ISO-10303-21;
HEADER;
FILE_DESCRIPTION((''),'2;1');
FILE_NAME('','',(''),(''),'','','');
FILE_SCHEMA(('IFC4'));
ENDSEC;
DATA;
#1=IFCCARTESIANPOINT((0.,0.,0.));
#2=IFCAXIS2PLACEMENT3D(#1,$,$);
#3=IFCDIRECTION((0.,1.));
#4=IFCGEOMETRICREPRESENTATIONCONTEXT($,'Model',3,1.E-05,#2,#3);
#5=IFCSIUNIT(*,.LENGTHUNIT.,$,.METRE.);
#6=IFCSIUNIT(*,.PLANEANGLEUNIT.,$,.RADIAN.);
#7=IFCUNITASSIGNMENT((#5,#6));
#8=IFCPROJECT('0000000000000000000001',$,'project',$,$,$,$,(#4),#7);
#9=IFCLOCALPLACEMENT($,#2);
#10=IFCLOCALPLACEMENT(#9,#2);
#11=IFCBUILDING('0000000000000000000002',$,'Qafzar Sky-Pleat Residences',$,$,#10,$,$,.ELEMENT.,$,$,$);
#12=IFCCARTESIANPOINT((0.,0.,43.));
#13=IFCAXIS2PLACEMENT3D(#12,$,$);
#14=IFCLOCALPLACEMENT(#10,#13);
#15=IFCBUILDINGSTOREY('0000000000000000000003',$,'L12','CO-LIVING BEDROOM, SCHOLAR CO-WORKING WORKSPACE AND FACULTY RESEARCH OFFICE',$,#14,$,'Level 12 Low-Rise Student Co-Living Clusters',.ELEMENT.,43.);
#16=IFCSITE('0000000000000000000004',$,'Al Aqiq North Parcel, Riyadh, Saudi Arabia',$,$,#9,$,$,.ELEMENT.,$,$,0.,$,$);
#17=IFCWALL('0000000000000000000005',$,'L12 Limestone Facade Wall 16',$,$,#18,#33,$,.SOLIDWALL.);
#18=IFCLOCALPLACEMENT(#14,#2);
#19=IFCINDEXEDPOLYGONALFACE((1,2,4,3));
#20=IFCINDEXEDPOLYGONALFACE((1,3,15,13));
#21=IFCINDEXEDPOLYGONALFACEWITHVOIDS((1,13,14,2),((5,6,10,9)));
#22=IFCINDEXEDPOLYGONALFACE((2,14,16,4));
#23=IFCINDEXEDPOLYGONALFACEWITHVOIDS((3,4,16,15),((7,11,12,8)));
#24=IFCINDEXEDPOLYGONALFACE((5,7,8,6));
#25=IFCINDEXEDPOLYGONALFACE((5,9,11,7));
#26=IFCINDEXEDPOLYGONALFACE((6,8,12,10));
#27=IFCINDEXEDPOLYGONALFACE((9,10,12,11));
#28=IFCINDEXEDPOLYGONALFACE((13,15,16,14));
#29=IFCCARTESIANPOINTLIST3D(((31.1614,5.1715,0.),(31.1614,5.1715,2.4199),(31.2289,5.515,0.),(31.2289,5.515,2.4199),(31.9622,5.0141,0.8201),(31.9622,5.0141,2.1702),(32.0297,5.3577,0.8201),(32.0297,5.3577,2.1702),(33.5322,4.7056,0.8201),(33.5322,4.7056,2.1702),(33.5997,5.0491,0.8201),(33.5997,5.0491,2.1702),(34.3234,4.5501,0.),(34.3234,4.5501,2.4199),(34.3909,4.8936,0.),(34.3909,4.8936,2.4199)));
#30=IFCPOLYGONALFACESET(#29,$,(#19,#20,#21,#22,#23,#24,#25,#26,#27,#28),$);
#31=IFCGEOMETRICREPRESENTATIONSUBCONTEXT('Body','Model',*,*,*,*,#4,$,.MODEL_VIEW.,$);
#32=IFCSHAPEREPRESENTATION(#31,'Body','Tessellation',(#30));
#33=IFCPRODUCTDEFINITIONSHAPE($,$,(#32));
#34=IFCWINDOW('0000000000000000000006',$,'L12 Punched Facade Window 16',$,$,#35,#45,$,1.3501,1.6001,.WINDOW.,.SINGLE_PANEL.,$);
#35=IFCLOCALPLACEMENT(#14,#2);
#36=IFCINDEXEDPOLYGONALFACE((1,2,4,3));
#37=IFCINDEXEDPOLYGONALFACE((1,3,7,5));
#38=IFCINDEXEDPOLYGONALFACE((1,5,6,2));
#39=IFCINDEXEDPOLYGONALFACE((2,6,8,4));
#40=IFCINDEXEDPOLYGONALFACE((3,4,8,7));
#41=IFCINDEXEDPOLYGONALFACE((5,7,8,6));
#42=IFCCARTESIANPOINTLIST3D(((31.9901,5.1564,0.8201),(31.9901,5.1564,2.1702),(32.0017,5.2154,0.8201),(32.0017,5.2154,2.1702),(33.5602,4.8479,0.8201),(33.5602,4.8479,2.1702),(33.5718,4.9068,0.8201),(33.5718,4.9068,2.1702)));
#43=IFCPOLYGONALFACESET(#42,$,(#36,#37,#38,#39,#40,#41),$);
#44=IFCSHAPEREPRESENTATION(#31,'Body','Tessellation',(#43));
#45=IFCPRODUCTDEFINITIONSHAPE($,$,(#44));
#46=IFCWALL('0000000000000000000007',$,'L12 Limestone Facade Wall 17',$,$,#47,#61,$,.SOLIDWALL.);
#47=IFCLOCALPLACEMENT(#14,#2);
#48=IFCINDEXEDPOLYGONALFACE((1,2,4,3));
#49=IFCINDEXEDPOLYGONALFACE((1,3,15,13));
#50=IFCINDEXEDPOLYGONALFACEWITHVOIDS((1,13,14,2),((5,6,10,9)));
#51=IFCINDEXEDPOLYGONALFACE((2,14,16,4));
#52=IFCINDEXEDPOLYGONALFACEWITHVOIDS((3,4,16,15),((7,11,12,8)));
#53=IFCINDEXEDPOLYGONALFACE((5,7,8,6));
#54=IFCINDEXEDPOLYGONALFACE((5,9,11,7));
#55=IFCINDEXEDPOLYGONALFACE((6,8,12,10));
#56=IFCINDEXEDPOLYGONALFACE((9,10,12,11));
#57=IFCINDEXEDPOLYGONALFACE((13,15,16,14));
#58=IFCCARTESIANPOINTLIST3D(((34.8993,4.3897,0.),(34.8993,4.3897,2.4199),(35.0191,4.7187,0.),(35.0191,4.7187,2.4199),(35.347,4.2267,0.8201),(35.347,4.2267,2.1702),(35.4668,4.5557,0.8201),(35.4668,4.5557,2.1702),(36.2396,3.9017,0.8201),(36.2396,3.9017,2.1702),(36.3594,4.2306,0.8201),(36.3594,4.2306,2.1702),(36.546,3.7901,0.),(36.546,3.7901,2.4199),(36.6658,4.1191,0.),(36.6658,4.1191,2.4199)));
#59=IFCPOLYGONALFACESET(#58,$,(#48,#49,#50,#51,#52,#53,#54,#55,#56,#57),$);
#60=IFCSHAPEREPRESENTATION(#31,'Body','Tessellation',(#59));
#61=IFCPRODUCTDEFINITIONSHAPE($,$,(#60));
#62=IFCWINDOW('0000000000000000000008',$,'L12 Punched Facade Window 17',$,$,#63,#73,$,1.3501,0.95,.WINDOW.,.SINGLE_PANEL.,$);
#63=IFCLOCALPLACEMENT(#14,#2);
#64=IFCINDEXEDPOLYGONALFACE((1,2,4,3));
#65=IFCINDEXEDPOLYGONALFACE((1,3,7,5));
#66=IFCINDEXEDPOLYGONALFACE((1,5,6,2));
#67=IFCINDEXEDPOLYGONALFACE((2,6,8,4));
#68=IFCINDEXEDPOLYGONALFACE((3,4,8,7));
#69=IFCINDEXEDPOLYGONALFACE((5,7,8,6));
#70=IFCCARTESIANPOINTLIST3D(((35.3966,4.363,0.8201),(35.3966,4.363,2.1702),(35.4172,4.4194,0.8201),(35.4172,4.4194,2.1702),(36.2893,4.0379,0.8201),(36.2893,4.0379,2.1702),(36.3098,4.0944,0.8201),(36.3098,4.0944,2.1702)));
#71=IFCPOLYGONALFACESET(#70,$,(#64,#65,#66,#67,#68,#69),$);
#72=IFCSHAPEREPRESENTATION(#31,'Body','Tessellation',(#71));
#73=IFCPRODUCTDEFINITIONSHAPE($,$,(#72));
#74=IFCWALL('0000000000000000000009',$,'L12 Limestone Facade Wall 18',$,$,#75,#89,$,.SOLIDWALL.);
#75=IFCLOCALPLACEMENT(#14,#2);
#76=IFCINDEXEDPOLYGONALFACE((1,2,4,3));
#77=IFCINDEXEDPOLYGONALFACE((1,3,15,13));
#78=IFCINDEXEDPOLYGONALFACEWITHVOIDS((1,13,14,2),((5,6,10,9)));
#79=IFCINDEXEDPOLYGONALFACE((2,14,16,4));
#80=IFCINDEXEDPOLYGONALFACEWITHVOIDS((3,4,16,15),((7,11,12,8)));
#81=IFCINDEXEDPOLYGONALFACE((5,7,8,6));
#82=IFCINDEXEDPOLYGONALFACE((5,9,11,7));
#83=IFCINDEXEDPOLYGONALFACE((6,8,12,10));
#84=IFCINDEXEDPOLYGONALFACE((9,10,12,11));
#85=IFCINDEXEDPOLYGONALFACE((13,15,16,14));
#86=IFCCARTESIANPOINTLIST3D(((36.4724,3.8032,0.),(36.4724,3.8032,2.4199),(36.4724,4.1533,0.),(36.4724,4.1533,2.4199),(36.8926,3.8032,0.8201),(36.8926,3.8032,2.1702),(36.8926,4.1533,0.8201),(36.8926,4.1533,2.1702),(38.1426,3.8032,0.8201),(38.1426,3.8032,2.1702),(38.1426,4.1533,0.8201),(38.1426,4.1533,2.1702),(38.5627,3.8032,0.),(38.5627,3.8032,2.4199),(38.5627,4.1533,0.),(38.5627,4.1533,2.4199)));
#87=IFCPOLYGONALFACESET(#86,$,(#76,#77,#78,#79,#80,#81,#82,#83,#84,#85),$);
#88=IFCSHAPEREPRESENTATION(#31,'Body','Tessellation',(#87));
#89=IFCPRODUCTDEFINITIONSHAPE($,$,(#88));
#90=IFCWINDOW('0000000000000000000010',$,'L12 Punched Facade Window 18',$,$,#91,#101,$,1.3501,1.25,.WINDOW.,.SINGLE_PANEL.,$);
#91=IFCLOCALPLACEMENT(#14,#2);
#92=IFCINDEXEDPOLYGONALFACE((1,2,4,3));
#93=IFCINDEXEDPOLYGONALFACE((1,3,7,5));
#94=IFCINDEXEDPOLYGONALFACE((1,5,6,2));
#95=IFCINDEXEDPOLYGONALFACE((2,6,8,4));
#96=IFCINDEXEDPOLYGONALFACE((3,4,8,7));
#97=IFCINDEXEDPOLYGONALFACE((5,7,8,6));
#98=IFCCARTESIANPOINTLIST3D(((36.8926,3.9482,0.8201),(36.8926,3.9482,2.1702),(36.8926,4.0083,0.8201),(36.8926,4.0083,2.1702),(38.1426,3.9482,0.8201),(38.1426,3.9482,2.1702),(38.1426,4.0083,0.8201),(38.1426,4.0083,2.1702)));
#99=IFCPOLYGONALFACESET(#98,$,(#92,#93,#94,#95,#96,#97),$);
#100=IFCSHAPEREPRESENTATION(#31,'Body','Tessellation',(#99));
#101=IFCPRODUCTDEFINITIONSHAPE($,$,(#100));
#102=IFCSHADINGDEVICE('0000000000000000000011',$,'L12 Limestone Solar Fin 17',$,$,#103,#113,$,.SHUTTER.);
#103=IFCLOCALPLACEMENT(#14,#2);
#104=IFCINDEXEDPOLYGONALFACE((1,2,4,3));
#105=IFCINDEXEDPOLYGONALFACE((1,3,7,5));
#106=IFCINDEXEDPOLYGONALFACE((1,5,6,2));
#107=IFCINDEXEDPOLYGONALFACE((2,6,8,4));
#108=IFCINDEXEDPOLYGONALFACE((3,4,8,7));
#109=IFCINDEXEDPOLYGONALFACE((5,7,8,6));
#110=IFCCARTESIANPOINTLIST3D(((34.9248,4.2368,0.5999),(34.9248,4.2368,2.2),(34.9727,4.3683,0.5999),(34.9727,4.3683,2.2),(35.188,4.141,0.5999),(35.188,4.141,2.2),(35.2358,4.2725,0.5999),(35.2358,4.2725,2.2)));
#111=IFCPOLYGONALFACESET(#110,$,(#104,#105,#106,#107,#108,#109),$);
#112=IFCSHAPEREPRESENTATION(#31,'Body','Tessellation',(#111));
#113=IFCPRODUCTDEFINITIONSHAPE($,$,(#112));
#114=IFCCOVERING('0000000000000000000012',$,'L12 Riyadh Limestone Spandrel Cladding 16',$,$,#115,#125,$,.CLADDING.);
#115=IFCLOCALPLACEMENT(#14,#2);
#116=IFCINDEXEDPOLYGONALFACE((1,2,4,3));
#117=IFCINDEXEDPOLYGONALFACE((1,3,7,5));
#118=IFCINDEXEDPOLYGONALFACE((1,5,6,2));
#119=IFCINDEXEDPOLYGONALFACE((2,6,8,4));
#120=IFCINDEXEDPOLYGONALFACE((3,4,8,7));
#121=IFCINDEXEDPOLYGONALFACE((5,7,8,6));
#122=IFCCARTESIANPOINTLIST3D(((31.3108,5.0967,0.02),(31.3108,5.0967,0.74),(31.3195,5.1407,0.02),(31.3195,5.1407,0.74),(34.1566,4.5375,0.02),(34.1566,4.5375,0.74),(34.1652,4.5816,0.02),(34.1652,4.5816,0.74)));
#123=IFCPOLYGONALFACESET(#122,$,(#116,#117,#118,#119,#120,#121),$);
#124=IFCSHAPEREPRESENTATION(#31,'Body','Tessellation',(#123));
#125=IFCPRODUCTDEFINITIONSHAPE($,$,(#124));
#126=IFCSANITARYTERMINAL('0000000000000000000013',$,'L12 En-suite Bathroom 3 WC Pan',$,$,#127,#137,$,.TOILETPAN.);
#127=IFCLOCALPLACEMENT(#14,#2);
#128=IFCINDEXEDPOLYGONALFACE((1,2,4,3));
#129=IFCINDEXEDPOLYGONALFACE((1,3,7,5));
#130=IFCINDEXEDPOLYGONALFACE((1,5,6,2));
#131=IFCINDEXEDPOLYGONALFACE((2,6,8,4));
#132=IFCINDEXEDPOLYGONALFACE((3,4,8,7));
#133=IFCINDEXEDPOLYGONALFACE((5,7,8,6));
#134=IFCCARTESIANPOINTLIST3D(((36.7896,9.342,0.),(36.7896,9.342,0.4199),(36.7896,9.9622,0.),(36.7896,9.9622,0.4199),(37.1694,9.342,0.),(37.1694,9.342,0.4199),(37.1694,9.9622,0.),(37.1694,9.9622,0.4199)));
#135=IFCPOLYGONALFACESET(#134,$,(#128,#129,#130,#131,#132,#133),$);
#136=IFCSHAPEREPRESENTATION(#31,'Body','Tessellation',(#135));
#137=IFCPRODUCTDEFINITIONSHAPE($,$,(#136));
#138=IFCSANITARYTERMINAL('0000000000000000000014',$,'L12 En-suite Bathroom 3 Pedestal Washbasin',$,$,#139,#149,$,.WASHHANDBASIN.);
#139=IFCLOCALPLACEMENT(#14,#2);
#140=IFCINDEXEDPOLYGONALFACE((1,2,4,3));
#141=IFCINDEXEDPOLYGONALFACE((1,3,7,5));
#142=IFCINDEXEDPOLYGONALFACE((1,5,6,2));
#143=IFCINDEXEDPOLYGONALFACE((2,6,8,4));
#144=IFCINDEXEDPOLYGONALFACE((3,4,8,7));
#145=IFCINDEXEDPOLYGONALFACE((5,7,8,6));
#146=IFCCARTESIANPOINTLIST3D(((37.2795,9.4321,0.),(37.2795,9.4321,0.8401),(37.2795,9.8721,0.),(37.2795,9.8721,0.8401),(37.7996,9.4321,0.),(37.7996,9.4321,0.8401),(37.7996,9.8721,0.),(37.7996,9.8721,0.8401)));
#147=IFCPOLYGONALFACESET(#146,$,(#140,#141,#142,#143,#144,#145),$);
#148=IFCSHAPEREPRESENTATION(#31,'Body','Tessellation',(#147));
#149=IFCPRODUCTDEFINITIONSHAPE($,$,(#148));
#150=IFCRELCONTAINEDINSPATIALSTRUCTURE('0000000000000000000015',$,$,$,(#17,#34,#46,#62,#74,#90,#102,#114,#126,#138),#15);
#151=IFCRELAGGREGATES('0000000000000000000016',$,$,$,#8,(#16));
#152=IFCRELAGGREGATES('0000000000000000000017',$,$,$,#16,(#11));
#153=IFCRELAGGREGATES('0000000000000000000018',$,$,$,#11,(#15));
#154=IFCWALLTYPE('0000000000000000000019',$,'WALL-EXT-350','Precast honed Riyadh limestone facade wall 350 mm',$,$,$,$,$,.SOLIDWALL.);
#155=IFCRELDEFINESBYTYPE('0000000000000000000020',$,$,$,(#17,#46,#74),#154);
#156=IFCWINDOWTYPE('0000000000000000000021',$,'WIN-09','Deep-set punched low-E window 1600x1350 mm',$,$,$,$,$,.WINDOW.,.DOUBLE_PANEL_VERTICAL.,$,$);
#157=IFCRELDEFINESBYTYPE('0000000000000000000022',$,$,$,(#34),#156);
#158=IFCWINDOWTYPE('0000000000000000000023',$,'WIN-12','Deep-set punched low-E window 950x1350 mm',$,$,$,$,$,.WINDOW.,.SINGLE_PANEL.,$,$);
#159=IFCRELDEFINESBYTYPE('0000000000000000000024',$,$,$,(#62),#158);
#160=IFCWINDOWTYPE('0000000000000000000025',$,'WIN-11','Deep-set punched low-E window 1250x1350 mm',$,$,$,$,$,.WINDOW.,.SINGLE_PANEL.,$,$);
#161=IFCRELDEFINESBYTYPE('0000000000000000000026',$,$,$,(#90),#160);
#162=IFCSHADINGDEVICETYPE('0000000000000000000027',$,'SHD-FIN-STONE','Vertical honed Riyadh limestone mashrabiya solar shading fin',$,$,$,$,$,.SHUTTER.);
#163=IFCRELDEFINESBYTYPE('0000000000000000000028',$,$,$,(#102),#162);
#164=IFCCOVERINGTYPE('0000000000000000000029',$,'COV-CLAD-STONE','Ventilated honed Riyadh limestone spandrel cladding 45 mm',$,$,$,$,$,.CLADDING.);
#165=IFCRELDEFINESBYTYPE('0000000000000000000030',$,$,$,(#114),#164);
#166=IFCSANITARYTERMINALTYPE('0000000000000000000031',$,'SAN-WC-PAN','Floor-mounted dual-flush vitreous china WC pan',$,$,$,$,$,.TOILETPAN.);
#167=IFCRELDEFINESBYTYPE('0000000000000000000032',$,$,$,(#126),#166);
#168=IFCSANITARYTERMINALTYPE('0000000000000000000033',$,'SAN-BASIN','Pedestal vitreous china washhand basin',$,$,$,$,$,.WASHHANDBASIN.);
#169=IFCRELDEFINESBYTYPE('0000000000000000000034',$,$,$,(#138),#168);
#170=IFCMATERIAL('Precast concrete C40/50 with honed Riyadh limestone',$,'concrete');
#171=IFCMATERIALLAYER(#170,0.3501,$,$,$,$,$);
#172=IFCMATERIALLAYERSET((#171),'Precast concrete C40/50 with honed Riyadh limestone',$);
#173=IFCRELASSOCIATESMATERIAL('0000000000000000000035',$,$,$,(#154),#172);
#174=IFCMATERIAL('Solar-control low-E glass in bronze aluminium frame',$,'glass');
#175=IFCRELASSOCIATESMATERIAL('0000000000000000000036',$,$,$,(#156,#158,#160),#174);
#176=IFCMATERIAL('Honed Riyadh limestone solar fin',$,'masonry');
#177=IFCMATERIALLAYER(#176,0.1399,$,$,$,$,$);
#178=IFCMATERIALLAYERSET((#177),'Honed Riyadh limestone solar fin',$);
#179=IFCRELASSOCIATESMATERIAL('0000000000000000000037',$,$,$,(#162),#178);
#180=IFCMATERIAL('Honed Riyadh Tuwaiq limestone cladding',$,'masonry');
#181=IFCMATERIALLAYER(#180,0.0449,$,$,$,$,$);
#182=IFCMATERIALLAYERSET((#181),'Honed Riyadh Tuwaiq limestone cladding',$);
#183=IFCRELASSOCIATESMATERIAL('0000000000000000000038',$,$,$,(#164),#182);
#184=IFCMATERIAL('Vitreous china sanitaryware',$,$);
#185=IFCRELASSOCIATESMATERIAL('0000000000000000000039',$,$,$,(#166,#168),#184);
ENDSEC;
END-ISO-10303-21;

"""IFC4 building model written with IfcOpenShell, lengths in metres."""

from ifc_helpers import new_model, si_unit, direction, frame, frame_2d, origin, origin_2d, place, context, subcontext, project, spatial, rectangle, extrude, source, transform, mapped, material, layer, layer_set, type_object, element, fill, save


model = new_model("IFC4")

# Units and contexts
model_context = context("Model", 3, precision=1e-05, world=origin(), true_north=direction((0.0, 1.0)))
body_context = subcontext(model_context, "Body", "Model", "MODEL_VIEW")
ifc_project = project(units=[si_unit("LENGTHUNIT", "METRE"), si_unit("PLANEANGLEUNIT", "RADIAN")], contexts=[model_context])

# Site, building, storey
site_placement = place(None, origin())
site = spatial("IfcSite", under=ifc_project, at=site_placement, Name="Al Aqiq North Parcel, Riyadh, Saudi Arabia", CompositionType="ELEMENT", RefElevation=0.0)
building_placement = place(site_placement, origin())
building = spatial("IfcBuilding", under=site, at=building_placement, Name="Qafzar Sky-Pleat Residences", CompositionType="ELEMENT")
storey_placement = place(building_placement, frame((0.0, 0.0, 43.0)))
storey = spatial("IfcBuildingStorey", under=building, at=storey_placement, Name="L12", Description="CO-LIVING BEDROOM, SCHOLAR CO-WORKING WORKSPACE AND FACULTY RESEARCH OFFICE", LongName="Level 12 Low-Rise Student Co-Living Clusters", CompositionType="ELEMENT", Elevation=43.0)

# Walls, openings, windows
ifc_material_1 = material(Name="Precast concrete C40/50 with honed Riyadh limestone", Category="concrete")
ifc_layer_1 = layer(ifc_material_1, 0.3501)
ifc_layer_set_1 = layer_set([ifc_layer_1], Name="Precast concrete C40/50 with honed Riyadh limestone")
wall_type_1 = type_object("IfcWallType", Name="WALL-EXT-350", Description="Precast honed Riyadh limestone facade wall 350 mm", PredefinedType="SOLIDWALL", material=ifc_layer_set_1)
wall_1_placement = place(storey_placement, frame((31.1951, 5.3433, 0.0), z_axis=(0.0, 0.0, 1.0), x_axis=(0.981234, -0.192822, 0.0)))
wall_1 = element("IfcWall", 1, at=wall_1_placement, inside=storey, type_object=wall_type_1, Name="L12 Limestone Facade Wall 16", PredefinedType="SOLIDWALL", context=body_context, shape_type="SweptSolid", body=[
    extrude(rectangle(XDim=3.2224, YDim=0.3501, at=frame_2d((1.6113, 0.0))), origin(), (0.0, 0.0, 1.0), 2.4199),
])
opening_1_placement = place(wall_1_placement, frame((0.8162, 0.0, 0.8201)))
opening_1 = element("IfcOpeningElement", 2, at=opening_1_placement, cuts=wall_1, PredefinedType="OPENING", context=body_context, shape_type="SweptSolid", body=[
    extrude(rectangle(XDim=1.6001, YDim=1.3501, at=frame_2d((0.8, 0.675))), frame((0.0, 0.1851, 0.0), z_axis=(0.0, -1.0, 0.0), x_axis=(1.0, 0.0, 0.0)), (0.0, 0.0, 1.0), 0.3701),
])
ifc_material_2 = material(Name="Solar-control low-E glass in bronze aluminium frame", Category="glass")
window_type_1 = type_object("IfcWindowType", Name="WIN-09", Description="Deep-set punched low-E window 1600x1350 mm", PartitioningType="DOUBLE_PANEL_VERTICAL", PredefinedType="WINDOW", material=ifc_material_2)
shared_shape_1 = source(origin(), body_context, "Body", "SweptSolid", [
    extrude(rectangle(XDim=1.6001, YDim=1.3501, at=frame_2d((0.8, 0.675))), frame((0.0, 0.03, 0.0), z_axis=(0.0, -1.0, 0.0), x_axis=(1.0, 0.0, 0.0)), (0.0, 0.0, 1.0), 0.0601),
])
window_1_placement = place(opening_1_placement, origin())
window_1 = element("IfcWindow", 3, at=window_1_placement, inside=storey, type_object=window_type_1, Name="L12 Punched Facade Window 16", OverallHeight=1.3501, OverallWidth=1.6001, PartitioningType="SINGLE_PANEL", PredefinedType="WINDOW", context=body_context, shape_type="MappedRepresentation", body=[
    mapped(shared_shape_1, transform((0.0, 0.0, 0.0), x_axis=(1.0, 0.0, 0.0), y_axis=(0.0, 1.0, 0.0), z_axis=(0.0, 0.0, 1.0), scale=1.0)),
])
fill(opening_1, window_1)
wall_2_placement = place(storey_placement, frame((34.9592, 4.5542, 0.0), z_axis=(0.0, 0.0, 1.0), x_axis=(0.939647, -0.342146, 0.0)))
wall_2 = element("IfcWall", 4, at=wall_2_placement, inside=storey, type_object=wall_type_1, Name="L12 Limestone Facade Wall 17", PredefinedType="SOLIDWALL", context=body_context, shape_type="SweptSolid", body=[
    extrude(rectangle(XDim=1.7524, YDim=0.3501, at=frame_2d((0.8762, 0.0))), origin(), (0.0, 0.0, 1.0), 2.4199),
])
opening_2_placement = place(wall_2_placement, frame((0.4763, 0.0, 0.8201)))
opening_2 = element("IfcOpeningElement", 5, at=opening_2_placement, cuts=wall_2, PredefinedType="OPENING", context=body_context, shape_type="SweptSolid", body=[
    extrude(rectangle(XDim=0.95, YDim=1.3501, at=frame_2d((0.4751, 0.675))), frame((0.0, 0.1851, 0.0), z_axis=(0.0, -1.0, 0.0), x_axis=(1.0, 0.0, 0.0)), (0.0, 0.0, 1.0), 0.3701),
])
window_type_2 = type_object("IfcWindowType", Name="WIN-12", Description="Deep-set punched low-E window 950x1350 mm", PartitioningType="SINGLE_PANEL", PredefinedType="WINDOW", material=ifc_material_2)
shared_shape_2 = source(origin(), body_context, "Body", "SweptSolid", [
    extrude(rectangle(XDim=0.95, YDim=1.3501, at=frame_2d((0.4751, 0.675))), frame((0.0, 0.03, 0.0), z_axis=(0.0, -1.0, 0.0), x_axis=(1.0, 0.0, 0.0)), (0.0, 0.0, 1.0), 0.0601),
])
window_2_placement = place(opening_2_placement, origin())
window_2 = element("IfcWindow", 6, at=window_2_placement, inside=storey, type_object=window_type_2, Name="L12 Punched Facade Window 17", OverallHeight=1.3501, OverallWidth=0.95, PartitioningType="SINGLE_PANEL", PredefinedType="WINDOW", context=body_context, shape_type="MappedRepresentation", body=[
    mapped(shared_shape_2, transform((0.0, 0.0, 0.0), x_axis=(1.0, 0.0, 0.0), y_axis=(0.0, 1.0, 0.0), z_axis=(0.0, 0.0, 1.0), scale=1.0)),
])
fill(opening_2, window_2)
wall_3_placement = place(storey_placement, frame((36.4724, 3.9783, 0.0), z_axis=(0.0, 0.0, 1.0), x_axis=(1.0, 0.0, 0.0)))
wall_3 = element("IfcWall", 7, at=wall_3_placement, inside=storey, type_object=wall_type_1, Name="L12 Limestone Facade Wall 18", PredefinedType="SOLIDWALL", context=body_context, shape_type="SweptSolid", body=[
    extrude(rectangle(XDim=2.0903, YDim=0.3501, at=frame_2d((1.0452, 0.0))), origin(), (0.0, 0.0, 1.0), 2.4199),
])
opening_3_placement = place(wall_3_placement, frame((0.4202, 0.0, 0.8201)))
opening_3 = element("IfcOpeningElement", 8, at=opening_3_placement, cuts=wall_3, PredefinedType="OPENING", context=body_context, shape_type="SweptSolid", body=[
    extrude(rectangle(XDim=1.25, YDim=1.3501, at=frame_2d((0.625, 0.675))), frame((0.0, 0.1851, 0.0), z_axis=(0.0, -1.0, 0.0), x_axis=(1.0, 0.0, 0.0)), (0.0, 0.0, 1.0), 0.3701),
])
window_type_3 = type_object("IfcWindowType", Name="WIN-11", Description="Deep-set punched low-E window 1250x1350 mm", PartitioningType="SINGLE_PANEL", PredefinedType="WINDOW", material=ifc_material_2)
shared_shape_3 = source(origin(), body_context, "Body", "SweptSolid", [
    extrude(rectangle(XDim=1.25, YDim=1.3501, at=frame_2d((0.625, 0.675))), frame((0.0, 0.03, 0.0), z_axis=(0.0, -1.0, 0.0), x_axis=(1.0, 0.0, 0.0)), (0.0, 0.0, 1.0), 0.0601),
])
window_3_placement = place(opening_3_placement, origin())
window_3 = element("IfcWindow", 9, at=window_3_placement, inside=storey, type_object=window_type_3, Name="L12 Punched Facade Window 18", OverallHeight=1.3501, OverallWidth=1.25, PartitioningType="SINGLE_PANEL", PredefinedType="WINDOW", context=body_context, shape_type="MappedRepresentation", body=[
    mapped(shared_shape_3, transform((0.0, 0.0, 0.0), x_axis=(1.0, 0.0, 0.0), y_axis=(0.0, 1.0, 0.0), z_axis=(0.0, 0.0, 1.0), scale=1.0)),
])
fill(opening_3, window_3)

# Shading device
ifc_material_3 = material(Name="Honed Riyadh limestone solar fin", Category="masonry")
ifc_layer_2 = layer(ifc_material_3, 0.1399)
ifc_layer_set_2 = layer_set([ifc_layer_2], Name="Honed Riyadh limestone solar fin")
shading_device_type = type_object("IfcShadingDeviceType", Name="SHD-FIN-STONE", Description="Vertical honed Riyadh limestone mashrabiya solar shading fin", PredefinedType="SHUTTER", material=ifc_layer_set_2)
shared_shape_4 = source(origin(), body_context, "Body", "SweptSolid", [
    extrude(rectangle(XDim=0.1399, YDim=0.28, at=origin_2d()), origin(), (0.0, 0.0, 1.0), 1.6001),
])
shading_device_placement = place(storey_placement, frame((35.0803, 4.2546, 0.5999), z_axis=(0.0, 0.0, 1.0), x_axis=(-0.342054, -0.93968, 0.0)))
element("IfcShadingDevice", 10, at=shading_device_placement, inside=storey, type_object=shading_device_type, Name="L12 Limestone Solar Fin 17", PredefinedType="SHUTTER", context=body_context, shape_type="MappedRepresentation", body=[
    mapped(shared_shape_4, transform((0.0, 0.0, 0.0), x_axis=(1.0, 0.0, 0.0), y_axis=(0.0, 1.0, 0.0), z_axis=(0.0, 0.0, 1.0), scale=1.0)),
])

# Covering
ifc_material_4 = material(Name="Honed Riyadh Tuwaiq limestone cladding", Category="masonry")
ifc_layer_3 = layer(ifc_material_4, 0.0449)
ifc_layer_set_3 = layer_set([ifc_layer_3], Name="Honed Riyadh Tuwaiq limestone cladding")
covering_type = type_object("IfcCoveringType", Name="COV-CLAD-STONE", Description="Ventilated honed Riyadh limestone spandrel cladding 45 mm", PredefinedType="CLADDING", material=ifc_layer_set_3)
shared_shape_5 = source(origin(), body_context, "Body", "SweptSolid", [
    extrude(rectangle(XDim=2.9001, YDim=0.0449, at=origin_2d()), origin(), (0.0, 0.0, 1.0), 0.72),
])
covering_placement = place(storey_placement, frame((32.738, 4.8391, 0.02), z_axis=(0.0, 0.0, 1.0), x_axis=(0.981236, -0.192809, 0.0)))
element("IfcCovering", 11, at=covering_placement, inside=storey, type_object=covering_type, Name="L12 Riyadh Limestone Spandrel Cladding 16", PredefinedType="CLADDING", context=body_context, shape_type="MappedRepresentation", body=[
    mapped(shared_shape_5, transform((0.0, 0.0, 0.0), x_axis=(1.0, 0.0, 0.0), y_axis=(0.0, 1.0, 0.0), z_axis=(0.0, 0.0, 1.0), scale=1.0)),
])

# Sanitary terminals
ifc_material_5 = material(Name="Vitreous china sanitaryware")
sanitary_terminal_type_1 = type_object("IfcSanitaryTerminalType", Name="SAN-WC-PAN", Description="Floor-mounted dual-flush vitreous china WC pan", PredefinedType="TOILETPAN", material=ifc_material_5)
shared_shape_6 = source(origin(), body_context, "Body", "SweptSolid", [
    extrude(rectangle(XDim=0.3799, YDim=0.6201, at=origin_2d()), origin(), (0.0, 0.0, 1.0), 0.4199),
])
sanitary_terminal_1_placement = place(storey_placement, frame((36.9795, 9.6521, 0.0), z_axis=(0.0, 0.0, 1.0), x_axis=(1.0, 0.0, 0.0)))
element("IfcSanitaryTerminal", 12, at=sanitary_terminal_1_placement, inside=storey, type_object=sanitary_terminal_type_1, Name="L12 En-suite Bathroom 3 WC Pan", PredefinedType="TOILETPAN", context=body_context, shape_type="MappedRepresentation", body=[
    mapped(shared_shape_6, transform((0.0, 0.0, 0.0), x_axis=(1.0, 0.0, 0.0), y_axis=(0.0, 1.0, 0.0), z_axis=(0.0, 0.0, 1.0), scale=1.0)),
])
sanitary_terminal_type_2 = type_object("IfcSanitaryTerminalType", Name="SAN-BASIN", Description="Pedestal vitreous china washhand basin", PredefinedType="WASHHANDBASIN", material=ifc_material_5)
shared_shape_7 = source(origin(), body_context, "Body", "SweptSolid", [
    extrude(rectangle(XDim=0.52, YDim=0.4399, at=origin_2d()), origin(), (0.0, 0.0, 1.0), 0.8401),
])
sanitary_terminal_2_placement = place(storey_placement, frame((37.5396, 9.6521, 0.0), z_axis=(0.0, 0.0, 1.0), x_axis=(1.0, 0.0, 0.0)))
element("IfcSanitaryTerminal", 13, at=sanitary_terminal_2_placement, inside=storey, type_object=sanitary_terminal_type_2, Name="L12 En-suite Bathroom 3 Pedestal Washbasin", PredefinedType="WASHHANDBASIN", context=body_context, shape_type="MappedRepresentation", body=[
    mapped(shared_shape_7, transform((0.0, 0.0, 0.0), x_axis=(1.0, 0.0, 0.0), y_axis=(0.0, 1.0, 0.0), z_axis=(0.0, 0.0, 1.0), scale=1.0)),
])

save(model, "model.ifc")
